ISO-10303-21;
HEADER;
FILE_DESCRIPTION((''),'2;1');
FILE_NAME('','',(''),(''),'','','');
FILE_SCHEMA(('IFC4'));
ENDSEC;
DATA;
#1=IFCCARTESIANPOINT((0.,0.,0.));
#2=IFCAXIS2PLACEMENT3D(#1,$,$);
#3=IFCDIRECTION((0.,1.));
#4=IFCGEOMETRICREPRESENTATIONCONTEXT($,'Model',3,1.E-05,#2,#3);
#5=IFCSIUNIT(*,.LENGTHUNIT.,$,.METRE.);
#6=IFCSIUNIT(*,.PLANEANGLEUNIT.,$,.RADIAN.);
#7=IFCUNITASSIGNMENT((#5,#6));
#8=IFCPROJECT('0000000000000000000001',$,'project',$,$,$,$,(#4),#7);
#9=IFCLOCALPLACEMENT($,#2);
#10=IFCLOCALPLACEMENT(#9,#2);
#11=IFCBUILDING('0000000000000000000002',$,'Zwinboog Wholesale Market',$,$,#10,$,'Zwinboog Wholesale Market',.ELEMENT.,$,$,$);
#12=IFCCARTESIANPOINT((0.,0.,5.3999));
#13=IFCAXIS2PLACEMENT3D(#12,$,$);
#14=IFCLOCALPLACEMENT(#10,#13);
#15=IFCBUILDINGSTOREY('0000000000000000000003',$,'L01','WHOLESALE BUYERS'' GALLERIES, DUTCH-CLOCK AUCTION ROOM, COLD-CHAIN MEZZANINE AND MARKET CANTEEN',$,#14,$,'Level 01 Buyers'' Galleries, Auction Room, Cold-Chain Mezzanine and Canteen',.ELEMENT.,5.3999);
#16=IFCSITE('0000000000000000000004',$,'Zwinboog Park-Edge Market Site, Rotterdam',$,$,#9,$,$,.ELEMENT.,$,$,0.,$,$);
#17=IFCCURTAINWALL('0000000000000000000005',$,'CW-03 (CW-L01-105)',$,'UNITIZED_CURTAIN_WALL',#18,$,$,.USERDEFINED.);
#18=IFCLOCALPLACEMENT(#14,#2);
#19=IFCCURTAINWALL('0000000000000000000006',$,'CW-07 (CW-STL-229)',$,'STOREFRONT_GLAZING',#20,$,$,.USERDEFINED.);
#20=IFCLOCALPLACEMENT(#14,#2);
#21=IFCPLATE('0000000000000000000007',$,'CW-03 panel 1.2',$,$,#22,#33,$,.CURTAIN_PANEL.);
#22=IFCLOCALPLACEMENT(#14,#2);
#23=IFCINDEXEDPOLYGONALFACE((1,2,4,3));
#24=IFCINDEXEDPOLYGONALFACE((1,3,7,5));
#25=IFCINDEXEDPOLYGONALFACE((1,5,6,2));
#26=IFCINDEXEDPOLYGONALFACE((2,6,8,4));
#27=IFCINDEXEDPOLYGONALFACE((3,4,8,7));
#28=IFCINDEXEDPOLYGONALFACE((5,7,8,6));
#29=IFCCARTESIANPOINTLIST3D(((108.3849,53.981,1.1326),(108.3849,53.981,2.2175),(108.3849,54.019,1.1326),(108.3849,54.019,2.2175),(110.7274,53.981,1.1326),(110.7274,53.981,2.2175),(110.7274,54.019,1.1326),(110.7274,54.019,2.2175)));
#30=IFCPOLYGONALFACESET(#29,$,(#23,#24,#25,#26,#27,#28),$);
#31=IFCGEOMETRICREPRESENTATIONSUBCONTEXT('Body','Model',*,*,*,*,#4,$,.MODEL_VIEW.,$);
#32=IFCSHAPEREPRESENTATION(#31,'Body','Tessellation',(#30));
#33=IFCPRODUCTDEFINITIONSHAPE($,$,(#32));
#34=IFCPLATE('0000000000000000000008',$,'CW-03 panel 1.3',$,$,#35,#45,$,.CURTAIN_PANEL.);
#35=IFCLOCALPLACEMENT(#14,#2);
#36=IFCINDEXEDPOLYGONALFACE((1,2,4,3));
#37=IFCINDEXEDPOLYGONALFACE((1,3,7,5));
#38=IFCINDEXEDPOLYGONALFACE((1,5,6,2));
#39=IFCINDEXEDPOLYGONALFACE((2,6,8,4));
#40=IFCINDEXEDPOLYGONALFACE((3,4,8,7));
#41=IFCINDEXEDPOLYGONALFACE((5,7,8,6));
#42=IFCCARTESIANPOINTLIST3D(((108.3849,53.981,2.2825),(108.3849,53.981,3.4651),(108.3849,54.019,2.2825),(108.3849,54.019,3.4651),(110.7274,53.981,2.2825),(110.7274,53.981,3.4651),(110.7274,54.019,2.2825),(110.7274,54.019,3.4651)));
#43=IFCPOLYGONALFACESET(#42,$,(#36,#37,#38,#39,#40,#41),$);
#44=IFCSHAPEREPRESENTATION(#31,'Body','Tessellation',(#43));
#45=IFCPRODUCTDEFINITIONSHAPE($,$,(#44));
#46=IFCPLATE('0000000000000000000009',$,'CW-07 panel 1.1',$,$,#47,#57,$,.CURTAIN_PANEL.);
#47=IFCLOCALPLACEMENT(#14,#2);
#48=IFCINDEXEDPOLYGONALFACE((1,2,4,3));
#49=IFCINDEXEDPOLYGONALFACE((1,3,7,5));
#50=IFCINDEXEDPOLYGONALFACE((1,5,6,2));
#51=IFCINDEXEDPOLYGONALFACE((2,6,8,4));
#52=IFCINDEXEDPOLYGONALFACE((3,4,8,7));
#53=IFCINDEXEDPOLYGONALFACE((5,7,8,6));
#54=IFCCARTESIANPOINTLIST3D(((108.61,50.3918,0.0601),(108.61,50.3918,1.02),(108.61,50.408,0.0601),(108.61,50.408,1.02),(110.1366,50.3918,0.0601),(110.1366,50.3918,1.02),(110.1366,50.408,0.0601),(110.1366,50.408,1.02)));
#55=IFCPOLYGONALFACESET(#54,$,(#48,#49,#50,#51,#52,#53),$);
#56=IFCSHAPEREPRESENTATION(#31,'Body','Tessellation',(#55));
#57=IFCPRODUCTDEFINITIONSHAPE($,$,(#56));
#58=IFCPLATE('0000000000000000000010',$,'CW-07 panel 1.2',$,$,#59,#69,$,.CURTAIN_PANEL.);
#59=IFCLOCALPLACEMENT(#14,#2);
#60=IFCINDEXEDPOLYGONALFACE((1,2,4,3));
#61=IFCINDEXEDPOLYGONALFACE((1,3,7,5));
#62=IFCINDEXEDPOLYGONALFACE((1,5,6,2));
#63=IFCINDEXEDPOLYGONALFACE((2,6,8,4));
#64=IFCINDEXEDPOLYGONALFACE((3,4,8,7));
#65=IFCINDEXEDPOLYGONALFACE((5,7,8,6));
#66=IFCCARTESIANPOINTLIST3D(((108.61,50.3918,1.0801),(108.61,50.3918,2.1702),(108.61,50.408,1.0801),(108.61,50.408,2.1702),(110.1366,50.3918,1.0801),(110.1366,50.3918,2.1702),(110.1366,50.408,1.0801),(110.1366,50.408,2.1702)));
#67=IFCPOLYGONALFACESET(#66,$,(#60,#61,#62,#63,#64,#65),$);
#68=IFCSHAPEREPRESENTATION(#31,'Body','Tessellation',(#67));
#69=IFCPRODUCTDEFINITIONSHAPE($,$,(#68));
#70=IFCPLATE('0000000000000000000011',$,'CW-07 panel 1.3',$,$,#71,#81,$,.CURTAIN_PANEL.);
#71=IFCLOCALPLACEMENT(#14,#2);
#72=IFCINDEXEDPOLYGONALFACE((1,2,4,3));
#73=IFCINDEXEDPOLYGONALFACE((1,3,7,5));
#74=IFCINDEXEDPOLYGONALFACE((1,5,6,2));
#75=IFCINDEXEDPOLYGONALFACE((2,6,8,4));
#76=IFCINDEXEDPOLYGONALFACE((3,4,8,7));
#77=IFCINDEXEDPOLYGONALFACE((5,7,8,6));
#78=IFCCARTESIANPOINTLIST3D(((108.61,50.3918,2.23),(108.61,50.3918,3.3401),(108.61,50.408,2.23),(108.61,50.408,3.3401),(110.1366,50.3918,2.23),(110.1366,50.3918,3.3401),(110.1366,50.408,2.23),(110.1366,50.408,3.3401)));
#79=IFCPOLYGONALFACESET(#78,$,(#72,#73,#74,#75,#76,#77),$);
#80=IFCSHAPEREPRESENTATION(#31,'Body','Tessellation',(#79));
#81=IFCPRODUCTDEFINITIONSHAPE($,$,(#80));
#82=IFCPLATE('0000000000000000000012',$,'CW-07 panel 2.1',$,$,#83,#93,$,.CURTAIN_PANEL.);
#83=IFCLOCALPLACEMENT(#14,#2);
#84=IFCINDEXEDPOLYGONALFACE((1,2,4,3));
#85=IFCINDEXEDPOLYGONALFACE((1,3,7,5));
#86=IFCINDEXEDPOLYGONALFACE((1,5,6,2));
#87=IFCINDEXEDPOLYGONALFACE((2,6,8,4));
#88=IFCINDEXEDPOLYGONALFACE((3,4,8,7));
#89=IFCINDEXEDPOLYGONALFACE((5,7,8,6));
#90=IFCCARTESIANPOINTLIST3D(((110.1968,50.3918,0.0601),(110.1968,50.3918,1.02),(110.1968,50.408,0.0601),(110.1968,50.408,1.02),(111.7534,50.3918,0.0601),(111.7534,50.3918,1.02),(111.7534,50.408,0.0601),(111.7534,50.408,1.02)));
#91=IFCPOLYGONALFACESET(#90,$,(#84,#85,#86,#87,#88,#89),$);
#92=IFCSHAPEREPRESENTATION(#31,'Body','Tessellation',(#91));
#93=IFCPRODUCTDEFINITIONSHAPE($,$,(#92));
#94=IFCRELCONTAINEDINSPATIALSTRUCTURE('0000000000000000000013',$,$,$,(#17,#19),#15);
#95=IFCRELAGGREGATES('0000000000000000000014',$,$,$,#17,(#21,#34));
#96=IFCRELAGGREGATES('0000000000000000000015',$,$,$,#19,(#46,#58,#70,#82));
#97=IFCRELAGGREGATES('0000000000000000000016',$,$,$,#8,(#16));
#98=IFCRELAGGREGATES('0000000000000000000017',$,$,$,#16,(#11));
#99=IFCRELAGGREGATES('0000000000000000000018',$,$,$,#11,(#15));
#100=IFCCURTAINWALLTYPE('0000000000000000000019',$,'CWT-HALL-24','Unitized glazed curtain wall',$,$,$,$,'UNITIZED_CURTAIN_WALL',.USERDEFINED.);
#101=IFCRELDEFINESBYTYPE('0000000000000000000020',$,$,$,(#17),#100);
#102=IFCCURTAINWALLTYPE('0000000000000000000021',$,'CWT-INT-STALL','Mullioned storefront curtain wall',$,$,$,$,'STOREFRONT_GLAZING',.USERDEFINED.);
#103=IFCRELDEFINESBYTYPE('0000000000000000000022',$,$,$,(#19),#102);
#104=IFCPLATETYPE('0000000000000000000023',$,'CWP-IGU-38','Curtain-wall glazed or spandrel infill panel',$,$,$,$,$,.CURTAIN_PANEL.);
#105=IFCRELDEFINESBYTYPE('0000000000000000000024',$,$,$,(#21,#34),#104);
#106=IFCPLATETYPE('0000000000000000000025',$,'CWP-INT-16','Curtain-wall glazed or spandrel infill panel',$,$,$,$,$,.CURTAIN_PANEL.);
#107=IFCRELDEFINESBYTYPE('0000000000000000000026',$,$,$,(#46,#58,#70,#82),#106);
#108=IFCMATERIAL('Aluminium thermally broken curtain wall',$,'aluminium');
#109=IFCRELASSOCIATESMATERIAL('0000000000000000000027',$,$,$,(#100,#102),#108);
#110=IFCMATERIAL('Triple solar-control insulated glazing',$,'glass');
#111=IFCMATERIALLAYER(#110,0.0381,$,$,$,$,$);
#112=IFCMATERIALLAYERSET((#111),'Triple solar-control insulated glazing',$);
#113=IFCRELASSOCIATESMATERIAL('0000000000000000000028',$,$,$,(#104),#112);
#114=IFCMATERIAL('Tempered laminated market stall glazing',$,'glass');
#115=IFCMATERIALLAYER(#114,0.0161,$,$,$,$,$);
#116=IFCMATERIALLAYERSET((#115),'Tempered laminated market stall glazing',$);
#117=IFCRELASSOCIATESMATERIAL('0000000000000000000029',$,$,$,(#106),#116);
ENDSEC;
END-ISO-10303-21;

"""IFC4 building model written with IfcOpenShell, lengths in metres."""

from ifc_helpers import new_model, si_unit, direction, frame, origin, origin_2d, place, context, subcontext, project, spatial, rectangle, extrude, material, layer, layer_set, type_object, element, aggregate, save


model = new_model("IFC4")

# Units and contexts
model_context = context("Model", 3, precision=1e-05, world=origin(), true_north=direction((0.0, 1.0)))
body_context = subcontext(model_context, "Body", "Model", "MODEL_VIEW")
ifc_project = project(units=[si_unit("LENGTHUNIT", "METRE"), si_unit("PLANEANGLEUNIT", "RADIAN")], contexts=[model_context])

# Site, building, storey
site_placement = place(None, origin())
site = spatial("IfcSite", under=ifc_project, at=site_placement, Name="Zwinboog Park-Edge Market Site, Rotterdam", CompositionType="ELEMENT", RefElevation=0.0)
building_placement = place(site_placement, origin())
building = spatial("IfcBuilding", under=site, at=building_placement, Name="Zwinboog Wholesale Market", LongName="Zwinboog Wholesale Market", CompositionType="ELEMENT")
storey_placement = place(building_placement, frame((0.0, 0.0, 5.3999)))
storey = spatial("IfcBuildingStorey", under=building, at=storey_placement, Name="L01", Description="WHOLESALE BUYERS' GALLERIES, DUTCH-CLOCK AUCTION ROOM, COLD-CHAIN MEZZANINE AND MARKET CANTEEN", LongName="Level 01 Buyers' Galleries, Auction Room, Cold-Chain Mezzanine and Canteen", CompositionType="ELEMENT", Elevation=5.3999)

# Curtain walls
ifc_material_1 = material(Name="Aluminium thermally broken curtain wall", Category="aluminium")
curtain_wall_type_1 = type_object("IfcCurtainWallType", Name="CWT-HALL-24", Description="Unitized glazed curtain wall", ElementType="UNITIZED_CURTAIN_WALL", PredefinedType="USERDEFINED", material=ifc_material_1)
curtain_wall_1_placement = place(storey_placement, origin())
curtain_wall_1 = element("IfcCurtainWall", 1, at=curtain_wall_1_placement, inside=storey, type_object=curtain_wall_type_1, Name="CW-03 (CW-L01-105)", ObjectType="UNITIZED_CURTAIN_WALL", PredefinedType="USERDEFINED")
curtain_wall_type_2 = type_object("IfcCurtainWallType", Name="CWT-INT-STALL", Description="Mullioned storefront curtain wall", ElementType="STOREFRONT_GLAZING", PredefinedType="USERDEFINED", material=ifc_material_1)
curtain_wall_2_placement = place(storey_placement, origin())
curtain_wall_2 = element("IfcCurtainWall", 2, at=curtain_wall_2_placement, inside=storey, type_object=curtain_wall_type_2, Name="CW-07 (CW-STL-229)", ObjectType="STOREFRONT_GLAZING", PredefinedType="USERDEFINED")

# Plates
ifc_material_2 = material(Name="Triple solar-control insulated glazing", Category="glass")
ifc_layer_1 = layer(ifc_material_2, 0.0381)
ifc_layer_set_1 = layer_set([ifc_layer_1], Name="Triple solar-control insulated glazing")
plate_type_1 = type_object("IfcPlateType", Name="CWP-IGU-38", Description="Curtain-wall glazed or spandrel infill panel", PredefinedType="CURTAIN_PANEL", material=ifc_layer_set_1)
plate_1_placement = place(storey_placement, frame((109.5562, 54.0, 1.1326), z_axis=(0.0, 0.0, 1.0), x_axis=(1.0, 0.0, 0.0)))
plate_1 = element("IfcPlate", 3, at=plate_1_placement, type_object=plate_type_1, Name="CW-03 panel 1.2", PredefinedType="CURTAIN_PANEL", context=body_context, shape_type="SweptSolid", body=[
    extrude(rectangle(XDim=2.3425, YDim=0.0381, at=origin_2d()), origin(), (0.0, 0.0, 1.0), 1.085),
])
plate_2_placement = place(storey_placement, frame((109.5562, 54.0, 2.2825), z_axis=(0.0, 0.0, 1.0), x_axis=(1.0, 0.0, 0.0)))
plate_2 = element("IfcPlate", 4, at=plate_2_placement, type_object=plate_type_1, Name="CW-03 panel 1.3", PredefinedType="CURTAIN_PANEL", context=body_context, shape_type="SweptSolid", body=[
    extrude(rectangle(XDim=2.3425, YDim=0.0381, at=origin_2d()), origin(), (0.0, 0.0, 1.0), 1.1826),
])
aggregate(curtain_wall_1, [plate_1, plate_2])
ifc_material_3 = material(Name="Tempered laminated market stall glazing", Category="glass")
ifc_layer_2 = layer(ifc_material_3, 0.0161)
ifc_layer_set_2 = layer_set([ifc_layer_2], Name="Tempered laminated market stall glazing")
plate_type_2 = type_object("IfcPlateType", Name="CWP-INT-16", Description="Curtain-wall glazed or spandrel infill panel", PredefinedType="CURTAIN_PANEL", material=ifc_layer_set_2)
plate_3_placement = place(storey_placement, frame((109.3733, 50.3999, 0.0601), z_axis=(0.0, 0.0, 1.0), x_axis=(1.0, 0.0, 0.0)))
plate_3 = element("IfcPlate", 5, at=plate_3_placement, type_object=plate_type_2, Name="CW-07 panel 1.1", PredefinedType="CURTAIN_PANEL", context=body_context, shape_type="SweptSolid", body=[
    extrude(rectangle(XDim=1.5266, YDim=0.0161, at=origin_2d()), origin(), (0.0, 0.0, 1.0), 0.96),
])
plate_4_placement = place(storey_placement, frame((109.3733, 50.3999, 1.0801), z_axis=(0.0, 0.0, 1.0), x_axis=(1.0, 0.0, 0.0)))
plate_4 = element("IfcPlate", 6, at=plate_4_placement, type_object=plate_type_2, Name="CW-07 panel 1.2", PredefinedType="CURTAIN_PANEL", context=body_context, shape_type="SweptSolid", body=[
    extrude(rectangle(XDim=1.5266, YDim=0.0161, at=origin_2d()), origin(), (0.0, 0.0, 1.0), 1.0901),
])
plate_5_placement = place(storey_placement, frame((109.3733, 50.3999, 2.23), z_axis=(0.0, 0.0, 1.0), x_axis=(1.0, 0.0, 0.0)))
plate_5 = element("IfcPlate", 7, at=plate_5_placement, type_object=plate_type_2, Name="CW-07 panel 1.3", PredefinedType="CURTAIN_PANEL", context=body_context, shape_type="SweptSolid", body=[
    extrude(rectangle(XDim=1.5266, YDim=0.0161, at=origin_2d()), origin(), (0.0, 0.0, 1.0), 1.1101),
])
plate_6_placement = place(storey_placement, frame((110.9751, 50.3999, 0.0601), z_axis=(0.0, 0.0, 1.0), x_axis=(1.0, 0.0, 0.0)))
plate_6 = element("IfcPlate", 8, at=plate_6_placement, type_object=plate_type_2, Name="CW-07 panel 2.1", PredefinedType="CURTAIN_PANEL", context=body_context, shape_type="SweptSolid", body=[
    extrude(rectangle(XDim=1.5566, YDim=0.0161, at=origin_2d()), origin(), (0.0, 0.0, 1.0), 0.96),
])
aggregate(curtain_wall_2, [plate_3, plate_4, plate_5, plate_6])

save(model, "model.ifc")
